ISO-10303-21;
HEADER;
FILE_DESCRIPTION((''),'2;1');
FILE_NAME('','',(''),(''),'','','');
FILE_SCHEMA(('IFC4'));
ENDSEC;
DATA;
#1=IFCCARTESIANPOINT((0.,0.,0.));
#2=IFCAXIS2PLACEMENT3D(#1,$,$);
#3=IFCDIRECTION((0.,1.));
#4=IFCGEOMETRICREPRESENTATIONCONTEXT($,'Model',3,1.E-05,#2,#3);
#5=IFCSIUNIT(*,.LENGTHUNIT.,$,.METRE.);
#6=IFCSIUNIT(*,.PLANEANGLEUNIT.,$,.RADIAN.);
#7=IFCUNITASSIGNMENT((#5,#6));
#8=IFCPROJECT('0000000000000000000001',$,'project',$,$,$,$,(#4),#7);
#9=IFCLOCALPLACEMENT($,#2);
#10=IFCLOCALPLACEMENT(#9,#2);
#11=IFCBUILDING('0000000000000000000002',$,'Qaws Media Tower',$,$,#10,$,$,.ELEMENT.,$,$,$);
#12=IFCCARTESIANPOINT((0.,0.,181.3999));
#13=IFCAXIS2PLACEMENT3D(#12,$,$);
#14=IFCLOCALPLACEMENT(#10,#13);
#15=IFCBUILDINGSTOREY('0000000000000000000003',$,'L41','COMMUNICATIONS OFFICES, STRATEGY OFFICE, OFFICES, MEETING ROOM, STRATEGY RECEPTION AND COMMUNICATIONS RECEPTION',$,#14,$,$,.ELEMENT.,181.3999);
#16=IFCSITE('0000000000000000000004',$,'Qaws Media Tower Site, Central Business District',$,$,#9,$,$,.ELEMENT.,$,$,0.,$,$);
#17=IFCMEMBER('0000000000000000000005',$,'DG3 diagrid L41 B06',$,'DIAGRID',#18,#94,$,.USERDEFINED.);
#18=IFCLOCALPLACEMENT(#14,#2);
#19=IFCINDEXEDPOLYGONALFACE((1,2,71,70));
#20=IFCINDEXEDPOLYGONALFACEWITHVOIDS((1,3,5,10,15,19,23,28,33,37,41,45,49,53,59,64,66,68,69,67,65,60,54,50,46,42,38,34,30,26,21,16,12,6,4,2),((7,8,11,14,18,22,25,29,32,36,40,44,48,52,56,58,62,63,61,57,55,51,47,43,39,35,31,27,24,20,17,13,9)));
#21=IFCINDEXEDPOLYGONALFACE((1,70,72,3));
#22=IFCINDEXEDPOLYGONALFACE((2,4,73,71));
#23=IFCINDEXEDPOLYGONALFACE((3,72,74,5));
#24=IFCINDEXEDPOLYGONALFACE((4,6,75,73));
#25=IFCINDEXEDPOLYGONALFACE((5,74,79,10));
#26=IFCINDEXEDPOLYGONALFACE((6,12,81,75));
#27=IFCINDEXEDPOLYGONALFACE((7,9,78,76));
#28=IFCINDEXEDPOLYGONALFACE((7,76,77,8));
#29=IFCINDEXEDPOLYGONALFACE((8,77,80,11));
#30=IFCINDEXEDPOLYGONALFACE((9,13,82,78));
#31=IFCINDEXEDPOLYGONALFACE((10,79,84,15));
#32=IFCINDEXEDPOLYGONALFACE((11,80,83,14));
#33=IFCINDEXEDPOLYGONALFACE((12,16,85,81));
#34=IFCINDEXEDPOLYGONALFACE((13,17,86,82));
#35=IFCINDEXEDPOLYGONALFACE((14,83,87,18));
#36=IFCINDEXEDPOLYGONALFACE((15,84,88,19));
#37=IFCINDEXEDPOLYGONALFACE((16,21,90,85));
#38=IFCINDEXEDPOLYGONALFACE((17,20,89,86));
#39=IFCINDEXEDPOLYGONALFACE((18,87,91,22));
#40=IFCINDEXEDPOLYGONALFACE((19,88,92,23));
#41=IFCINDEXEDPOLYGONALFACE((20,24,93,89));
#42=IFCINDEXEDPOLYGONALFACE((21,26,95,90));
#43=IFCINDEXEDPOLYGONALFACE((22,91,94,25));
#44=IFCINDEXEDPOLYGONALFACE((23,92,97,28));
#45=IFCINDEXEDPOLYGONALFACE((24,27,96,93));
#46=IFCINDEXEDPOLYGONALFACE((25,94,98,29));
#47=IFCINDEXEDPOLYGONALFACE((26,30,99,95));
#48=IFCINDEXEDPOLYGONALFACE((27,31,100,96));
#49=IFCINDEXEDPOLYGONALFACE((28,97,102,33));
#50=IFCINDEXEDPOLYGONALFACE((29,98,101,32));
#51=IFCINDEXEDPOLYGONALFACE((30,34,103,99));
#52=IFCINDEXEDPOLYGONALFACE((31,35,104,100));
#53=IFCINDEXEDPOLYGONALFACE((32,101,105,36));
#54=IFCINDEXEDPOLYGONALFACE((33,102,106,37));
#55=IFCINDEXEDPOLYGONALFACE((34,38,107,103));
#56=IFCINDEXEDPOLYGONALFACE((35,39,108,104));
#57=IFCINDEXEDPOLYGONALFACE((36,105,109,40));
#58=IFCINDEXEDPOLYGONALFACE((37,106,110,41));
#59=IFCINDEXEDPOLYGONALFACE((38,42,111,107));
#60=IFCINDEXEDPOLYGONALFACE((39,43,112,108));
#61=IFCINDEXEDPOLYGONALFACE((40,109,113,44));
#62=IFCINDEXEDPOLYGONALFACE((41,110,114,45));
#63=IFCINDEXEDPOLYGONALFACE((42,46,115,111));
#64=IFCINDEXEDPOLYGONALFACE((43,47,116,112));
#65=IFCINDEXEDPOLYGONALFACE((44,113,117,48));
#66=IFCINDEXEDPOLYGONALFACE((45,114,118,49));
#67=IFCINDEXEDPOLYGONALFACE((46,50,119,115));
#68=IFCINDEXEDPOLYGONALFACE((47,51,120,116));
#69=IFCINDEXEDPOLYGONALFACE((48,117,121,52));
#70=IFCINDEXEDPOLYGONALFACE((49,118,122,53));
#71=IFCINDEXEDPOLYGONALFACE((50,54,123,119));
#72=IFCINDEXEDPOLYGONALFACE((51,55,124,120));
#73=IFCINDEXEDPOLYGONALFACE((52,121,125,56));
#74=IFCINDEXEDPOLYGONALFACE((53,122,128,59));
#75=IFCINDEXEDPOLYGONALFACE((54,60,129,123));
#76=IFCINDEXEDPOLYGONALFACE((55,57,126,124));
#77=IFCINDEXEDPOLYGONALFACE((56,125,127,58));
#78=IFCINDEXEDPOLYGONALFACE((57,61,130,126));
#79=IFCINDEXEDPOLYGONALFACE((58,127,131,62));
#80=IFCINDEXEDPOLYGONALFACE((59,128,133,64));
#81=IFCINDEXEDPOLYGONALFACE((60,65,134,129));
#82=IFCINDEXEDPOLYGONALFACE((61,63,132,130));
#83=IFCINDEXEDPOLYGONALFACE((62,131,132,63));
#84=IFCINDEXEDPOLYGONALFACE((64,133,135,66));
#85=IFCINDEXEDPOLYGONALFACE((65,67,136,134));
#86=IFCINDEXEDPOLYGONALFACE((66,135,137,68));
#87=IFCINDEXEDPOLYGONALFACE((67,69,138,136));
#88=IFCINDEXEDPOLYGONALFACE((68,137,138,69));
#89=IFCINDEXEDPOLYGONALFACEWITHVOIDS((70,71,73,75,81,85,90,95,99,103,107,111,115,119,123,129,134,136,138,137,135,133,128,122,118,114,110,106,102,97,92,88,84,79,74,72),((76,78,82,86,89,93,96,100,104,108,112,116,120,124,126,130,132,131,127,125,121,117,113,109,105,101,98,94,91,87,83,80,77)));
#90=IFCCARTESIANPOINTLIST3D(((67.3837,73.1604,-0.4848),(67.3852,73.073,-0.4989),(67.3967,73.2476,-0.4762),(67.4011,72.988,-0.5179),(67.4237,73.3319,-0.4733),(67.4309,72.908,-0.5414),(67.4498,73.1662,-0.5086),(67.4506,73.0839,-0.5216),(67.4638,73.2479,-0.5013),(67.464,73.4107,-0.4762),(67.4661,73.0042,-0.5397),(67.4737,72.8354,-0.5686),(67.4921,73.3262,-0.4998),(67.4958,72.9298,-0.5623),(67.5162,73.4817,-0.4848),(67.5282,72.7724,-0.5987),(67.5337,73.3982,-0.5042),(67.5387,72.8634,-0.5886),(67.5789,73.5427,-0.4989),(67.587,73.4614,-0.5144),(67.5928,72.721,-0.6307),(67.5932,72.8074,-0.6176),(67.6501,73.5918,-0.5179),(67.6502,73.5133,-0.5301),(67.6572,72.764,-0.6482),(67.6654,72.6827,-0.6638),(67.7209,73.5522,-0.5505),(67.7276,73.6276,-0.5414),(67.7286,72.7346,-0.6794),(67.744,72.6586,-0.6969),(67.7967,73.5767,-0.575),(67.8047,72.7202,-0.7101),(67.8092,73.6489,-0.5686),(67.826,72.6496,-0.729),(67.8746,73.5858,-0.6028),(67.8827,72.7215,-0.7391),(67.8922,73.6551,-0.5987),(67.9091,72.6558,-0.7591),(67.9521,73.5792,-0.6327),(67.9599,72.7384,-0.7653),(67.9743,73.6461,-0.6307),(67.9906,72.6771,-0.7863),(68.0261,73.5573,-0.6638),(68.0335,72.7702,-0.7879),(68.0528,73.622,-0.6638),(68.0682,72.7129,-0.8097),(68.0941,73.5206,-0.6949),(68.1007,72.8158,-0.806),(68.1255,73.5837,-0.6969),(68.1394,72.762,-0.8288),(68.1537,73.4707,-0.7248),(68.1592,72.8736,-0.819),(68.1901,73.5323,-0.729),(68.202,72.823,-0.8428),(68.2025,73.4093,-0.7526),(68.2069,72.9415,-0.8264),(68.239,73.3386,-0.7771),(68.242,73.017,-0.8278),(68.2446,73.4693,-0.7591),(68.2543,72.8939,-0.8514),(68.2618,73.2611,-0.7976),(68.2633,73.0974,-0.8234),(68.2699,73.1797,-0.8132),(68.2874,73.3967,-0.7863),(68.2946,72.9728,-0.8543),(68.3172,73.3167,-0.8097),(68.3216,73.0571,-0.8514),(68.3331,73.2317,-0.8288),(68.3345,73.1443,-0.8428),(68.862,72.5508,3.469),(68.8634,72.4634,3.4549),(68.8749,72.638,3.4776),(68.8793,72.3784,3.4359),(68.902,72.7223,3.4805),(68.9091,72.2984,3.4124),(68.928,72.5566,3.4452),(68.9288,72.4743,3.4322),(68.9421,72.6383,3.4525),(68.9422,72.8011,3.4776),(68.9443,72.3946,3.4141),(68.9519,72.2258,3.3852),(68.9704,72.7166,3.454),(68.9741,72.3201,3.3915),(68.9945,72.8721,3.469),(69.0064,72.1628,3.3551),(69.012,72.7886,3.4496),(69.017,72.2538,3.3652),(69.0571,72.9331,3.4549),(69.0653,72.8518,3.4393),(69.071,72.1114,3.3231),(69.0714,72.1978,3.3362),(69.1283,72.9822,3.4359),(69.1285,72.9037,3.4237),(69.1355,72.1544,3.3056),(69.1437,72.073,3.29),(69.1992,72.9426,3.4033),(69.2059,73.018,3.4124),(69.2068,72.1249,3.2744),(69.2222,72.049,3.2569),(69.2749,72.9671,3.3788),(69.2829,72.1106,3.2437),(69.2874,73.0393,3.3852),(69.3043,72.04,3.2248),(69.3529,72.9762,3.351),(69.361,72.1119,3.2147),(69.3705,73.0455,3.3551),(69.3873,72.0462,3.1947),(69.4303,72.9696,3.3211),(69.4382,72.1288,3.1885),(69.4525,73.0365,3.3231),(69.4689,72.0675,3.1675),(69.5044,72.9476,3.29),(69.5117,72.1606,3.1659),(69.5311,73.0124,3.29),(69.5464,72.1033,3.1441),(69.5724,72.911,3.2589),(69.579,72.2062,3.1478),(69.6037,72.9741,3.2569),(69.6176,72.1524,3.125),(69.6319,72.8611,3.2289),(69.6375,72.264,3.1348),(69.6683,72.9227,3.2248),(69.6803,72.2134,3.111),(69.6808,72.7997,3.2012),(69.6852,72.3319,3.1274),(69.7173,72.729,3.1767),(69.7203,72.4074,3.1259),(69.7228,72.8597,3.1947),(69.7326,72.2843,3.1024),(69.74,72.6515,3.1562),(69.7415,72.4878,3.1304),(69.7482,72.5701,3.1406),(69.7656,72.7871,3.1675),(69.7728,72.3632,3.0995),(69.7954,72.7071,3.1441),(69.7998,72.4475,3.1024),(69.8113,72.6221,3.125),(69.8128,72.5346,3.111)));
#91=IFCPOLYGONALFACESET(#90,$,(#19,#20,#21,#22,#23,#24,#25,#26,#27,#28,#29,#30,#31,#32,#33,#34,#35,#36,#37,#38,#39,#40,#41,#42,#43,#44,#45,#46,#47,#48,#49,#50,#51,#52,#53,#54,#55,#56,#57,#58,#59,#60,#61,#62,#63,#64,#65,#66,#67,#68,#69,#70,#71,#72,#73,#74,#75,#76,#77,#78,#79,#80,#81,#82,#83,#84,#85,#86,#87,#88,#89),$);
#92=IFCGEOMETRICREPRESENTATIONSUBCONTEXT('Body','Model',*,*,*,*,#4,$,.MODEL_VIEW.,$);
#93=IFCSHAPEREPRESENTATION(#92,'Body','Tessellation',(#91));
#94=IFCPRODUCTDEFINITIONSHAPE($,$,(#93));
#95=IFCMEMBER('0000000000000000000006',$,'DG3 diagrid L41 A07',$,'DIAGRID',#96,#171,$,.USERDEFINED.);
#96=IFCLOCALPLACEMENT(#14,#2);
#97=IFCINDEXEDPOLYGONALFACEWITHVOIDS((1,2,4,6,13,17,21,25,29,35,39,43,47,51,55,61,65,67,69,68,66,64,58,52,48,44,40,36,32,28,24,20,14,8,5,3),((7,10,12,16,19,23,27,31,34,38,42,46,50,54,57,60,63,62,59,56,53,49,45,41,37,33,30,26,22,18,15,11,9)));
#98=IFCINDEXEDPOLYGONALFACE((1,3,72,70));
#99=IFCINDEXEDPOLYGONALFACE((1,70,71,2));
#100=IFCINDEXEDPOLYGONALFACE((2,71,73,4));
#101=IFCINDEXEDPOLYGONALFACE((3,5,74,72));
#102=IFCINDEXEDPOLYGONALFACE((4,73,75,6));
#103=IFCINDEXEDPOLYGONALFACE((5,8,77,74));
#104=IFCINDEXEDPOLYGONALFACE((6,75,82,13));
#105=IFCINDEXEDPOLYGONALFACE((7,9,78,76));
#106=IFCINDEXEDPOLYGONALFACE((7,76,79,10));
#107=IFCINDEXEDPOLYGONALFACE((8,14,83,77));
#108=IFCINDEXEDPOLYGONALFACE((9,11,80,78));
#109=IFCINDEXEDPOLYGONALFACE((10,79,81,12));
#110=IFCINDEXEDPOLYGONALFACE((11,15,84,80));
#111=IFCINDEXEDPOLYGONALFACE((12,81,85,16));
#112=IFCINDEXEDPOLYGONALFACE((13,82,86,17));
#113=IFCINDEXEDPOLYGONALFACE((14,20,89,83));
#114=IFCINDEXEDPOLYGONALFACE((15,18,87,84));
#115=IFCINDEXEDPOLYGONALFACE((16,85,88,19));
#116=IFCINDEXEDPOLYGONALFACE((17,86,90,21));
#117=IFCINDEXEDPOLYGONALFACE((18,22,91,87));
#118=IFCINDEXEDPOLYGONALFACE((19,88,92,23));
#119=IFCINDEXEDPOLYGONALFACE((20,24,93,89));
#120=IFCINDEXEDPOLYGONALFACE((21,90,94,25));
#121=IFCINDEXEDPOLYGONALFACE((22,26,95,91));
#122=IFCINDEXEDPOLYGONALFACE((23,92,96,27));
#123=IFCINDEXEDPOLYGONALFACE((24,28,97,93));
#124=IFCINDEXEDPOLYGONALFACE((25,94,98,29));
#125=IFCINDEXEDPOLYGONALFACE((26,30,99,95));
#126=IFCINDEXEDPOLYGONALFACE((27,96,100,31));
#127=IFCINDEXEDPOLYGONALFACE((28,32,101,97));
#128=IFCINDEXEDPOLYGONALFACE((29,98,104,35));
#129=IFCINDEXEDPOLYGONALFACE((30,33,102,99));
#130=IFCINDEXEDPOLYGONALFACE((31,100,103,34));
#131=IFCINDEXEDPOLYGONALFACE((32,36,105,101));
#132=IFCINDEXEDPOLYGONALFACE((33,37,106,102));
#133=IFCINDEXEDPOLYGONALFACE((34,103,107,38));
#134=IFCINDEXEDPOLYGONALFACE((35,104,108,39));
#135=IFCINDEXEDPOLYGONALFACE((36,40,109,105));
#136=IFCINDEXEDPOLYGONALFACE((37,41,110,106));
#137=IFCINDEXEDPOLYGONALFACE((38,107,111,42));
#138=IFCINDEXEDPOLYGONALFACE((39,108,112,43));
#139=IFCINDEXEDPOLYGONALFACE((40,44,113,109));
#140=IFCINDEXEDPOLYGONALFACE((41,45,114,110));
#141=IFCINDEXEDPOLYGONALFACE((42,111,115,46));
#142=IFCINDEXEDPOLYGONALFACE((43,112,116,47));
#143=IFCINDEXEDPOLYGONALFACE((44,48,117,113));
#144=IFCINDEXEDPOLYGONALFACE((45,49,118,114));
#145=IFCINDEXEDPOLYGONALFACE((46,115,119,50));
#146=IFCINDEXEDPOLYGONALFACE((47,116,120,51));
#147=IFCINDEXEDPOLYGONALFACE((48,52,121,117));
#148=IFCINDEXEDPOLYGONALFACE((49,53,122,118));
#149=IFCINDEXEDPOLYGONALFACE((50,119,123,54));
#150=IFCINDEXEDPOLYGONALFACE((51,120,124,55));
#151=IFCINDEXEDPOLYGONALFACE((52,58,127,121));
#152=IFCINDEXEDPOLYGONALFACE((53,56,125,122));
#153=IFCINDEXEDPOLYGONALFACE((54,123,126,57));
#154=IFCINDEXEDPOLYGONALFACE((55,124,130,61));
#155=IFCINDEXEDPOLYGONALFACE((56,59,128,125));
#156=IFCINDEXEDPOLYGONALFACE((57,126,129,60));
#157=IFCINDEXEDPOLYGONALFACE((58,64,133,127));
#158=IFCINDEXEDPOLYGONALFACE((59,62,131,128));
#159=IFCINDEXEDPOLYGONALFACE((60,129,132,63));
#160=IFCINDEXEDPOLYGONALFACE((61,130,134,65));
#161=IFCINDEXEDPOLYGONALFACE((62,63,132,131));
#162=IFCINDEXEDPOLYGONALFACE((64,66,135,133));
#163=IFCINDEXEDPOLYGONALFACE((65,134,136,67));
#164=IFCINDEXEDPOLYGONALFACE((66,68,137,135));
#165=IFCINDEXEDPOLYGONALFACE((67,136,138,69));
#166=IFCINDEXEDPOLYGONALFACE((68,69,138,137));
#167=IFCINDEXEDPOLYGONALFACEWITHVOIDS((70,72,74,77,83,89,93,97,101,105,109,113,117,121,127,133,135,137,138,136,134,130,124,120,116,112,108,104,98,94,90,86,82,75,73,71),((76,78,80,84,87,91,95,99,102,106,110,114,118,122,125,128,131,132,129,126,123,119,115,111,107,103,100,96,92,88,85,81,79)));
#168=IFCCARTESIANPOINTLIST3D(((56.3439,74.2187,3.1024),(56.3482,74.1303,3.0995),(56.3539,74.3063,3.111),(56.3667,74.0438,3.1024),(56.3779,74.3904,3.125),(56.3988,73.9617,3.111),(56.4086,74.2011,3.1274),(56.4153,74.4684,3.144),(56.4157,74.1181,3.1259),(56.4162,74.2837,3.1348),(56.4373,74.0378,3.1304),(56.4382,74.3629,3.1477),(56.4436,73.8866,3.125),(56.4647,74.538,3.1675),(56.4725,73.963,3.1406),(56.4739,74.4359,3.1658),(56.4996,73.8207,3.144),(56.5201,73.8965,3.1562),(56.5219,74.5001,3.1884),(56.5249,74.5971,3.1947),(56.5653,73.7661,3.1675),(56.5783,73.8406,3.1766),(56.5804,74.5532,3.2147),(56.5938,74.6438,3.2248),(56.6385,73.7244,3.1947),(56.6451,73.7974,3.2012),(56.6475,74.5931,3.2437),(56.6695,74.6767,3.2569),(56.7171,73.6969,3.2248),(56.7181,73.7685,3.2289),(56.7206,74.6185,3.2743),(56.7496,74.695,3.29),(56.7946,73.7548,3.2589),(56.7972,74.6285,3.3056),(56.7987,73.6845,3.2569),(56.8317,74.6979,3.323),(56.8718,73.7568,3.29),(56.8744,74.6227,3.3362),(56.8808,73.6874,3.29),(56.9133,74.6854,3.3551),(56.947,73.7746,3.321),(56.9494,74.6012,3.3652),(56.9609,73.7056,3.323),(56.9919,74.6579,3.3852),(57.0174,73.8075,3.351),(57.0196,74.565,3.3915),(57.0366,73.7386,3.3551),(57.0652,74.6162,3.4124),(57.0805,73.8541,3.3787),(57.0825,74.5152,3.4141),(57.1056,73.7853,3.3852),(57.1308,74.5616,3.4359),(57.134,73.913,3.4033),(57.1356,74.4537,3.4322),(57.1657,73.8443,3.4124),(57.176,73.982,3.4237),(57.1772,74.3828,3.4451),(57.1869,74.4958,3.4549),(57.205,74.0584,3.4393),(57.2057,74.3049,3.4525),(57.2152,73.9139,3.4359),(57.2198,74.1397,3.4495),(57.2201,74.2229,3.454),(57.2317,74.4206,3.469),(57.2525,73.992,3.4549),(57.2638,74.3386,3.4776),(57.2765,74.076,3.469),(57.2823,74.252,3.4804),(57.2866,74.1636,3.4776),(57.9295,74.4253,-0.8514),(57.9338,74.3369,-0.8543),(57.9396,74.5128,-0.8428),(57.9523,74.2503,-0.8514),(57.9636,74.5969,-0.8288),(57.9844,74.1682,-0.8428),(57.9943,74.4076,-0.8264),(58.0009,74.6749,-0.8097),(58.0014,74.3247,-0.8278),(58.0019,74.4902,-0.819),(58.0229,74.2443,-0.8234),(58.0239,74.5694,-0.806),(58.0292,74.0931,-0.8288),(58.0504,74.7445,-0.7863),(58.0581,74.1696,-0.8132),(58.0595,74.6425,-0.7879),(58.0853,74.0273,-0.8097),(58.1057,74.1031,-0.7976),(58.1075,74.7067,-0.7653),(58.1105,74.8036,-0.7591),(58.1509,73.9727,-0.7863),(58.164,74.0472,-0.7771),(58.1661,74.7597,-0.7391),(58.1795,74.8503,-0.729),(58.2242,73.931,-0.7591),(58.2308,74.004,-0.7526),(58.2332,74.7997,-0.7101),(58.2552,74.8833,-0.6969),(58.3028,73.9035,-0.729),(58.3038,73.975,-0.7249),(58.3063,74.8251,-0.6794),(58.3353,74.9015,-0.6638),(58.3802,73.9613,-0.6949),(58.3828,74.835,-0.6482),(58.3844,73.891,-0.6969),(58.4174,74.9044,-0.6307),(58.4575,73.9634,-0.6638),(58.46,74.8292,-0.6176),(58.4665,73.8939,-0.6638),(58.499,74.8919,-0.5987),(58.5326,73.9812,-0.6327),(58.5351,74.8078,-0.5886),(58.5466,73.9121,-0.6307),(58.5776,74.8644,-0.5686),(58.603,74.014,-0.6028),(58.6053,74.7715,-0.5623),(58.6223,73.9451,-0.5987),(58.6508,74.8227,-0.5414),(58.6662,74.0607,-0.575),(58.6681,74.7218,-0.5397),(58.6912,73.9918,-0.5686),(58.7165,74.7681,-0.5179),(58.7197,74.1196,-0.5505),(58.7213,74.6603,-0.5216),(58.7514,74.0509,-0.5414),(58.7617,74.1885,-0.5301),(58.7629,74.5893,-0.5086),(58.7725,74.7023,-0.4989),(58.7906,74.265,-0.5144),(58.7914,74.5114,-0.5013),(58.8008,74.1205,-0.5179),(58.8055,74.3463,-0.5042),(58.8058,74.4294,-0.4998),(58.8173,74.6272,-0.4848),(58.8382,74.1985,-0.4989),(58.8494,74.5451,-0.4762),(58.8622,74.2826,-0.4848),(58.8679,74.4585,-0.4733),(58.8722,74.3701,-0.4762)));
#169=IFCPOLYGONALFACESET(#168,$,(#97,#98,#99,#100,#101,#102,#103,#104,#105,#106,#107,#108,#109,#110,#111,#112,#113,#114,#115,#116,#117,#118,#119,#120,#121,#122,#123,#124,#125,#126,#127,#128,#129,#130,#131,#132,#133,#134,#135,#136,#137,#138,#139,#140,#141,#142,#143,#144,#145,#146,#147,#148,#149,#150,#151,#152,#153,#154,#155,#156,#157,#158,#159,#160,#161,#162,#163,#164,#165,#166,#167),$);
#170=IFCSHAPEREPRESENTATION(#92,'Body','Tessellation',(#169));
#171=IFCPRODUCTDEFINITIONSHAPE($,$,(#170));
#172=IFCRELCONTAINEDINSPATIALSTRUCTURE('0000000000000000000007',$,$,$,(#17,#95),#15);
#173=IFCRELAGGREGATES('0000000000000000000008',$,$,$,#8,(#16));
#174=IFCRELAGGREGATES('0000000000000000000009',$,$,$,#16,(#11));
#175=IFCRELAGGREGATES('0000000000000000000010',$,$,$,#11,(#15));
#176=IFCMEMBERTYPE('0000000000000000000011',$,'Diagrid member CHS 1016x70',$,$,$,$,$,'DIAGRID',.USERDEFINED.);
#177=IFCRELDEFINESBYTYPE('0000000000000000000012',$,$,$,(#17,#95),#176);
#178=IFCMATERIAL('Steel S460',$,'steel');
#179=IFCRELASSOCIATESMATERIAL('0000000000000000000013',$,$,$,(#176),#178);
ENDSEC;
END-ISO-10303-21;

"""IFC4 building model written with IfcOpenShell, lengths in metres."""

from ifc_helpers import new_model, si_unit, direction, frame, origin, origin_2d, place, context, subcontext, project, spatial, hollow_circle, extrude, material, material_profile, profile_set, type_object, element, save


model = new_model("IFC4")

# Units and contexts
model_context = context("Model", 3, precision=1e-05, world=origin(), true_north=direction((0.0, 1.0)))
body_context = subcontext(model_context, "Body", "Model", "MODEL_VIEW")
ifc_project = project(units=[si_unit("LENGTHUNIT", "METRE"), si_unit("PLANEANGLEUNIT", "RADIAN")], contexts=[model_context])

# Site, building, storey
site_placement = place(None, origin())
site = spatial("IfcSite", under=ifc_project, at=site_placement, Name="Qaws Media Tower Site, Central Business District", CompositionType="ELEMENT", RefElevation=0.0)
building_placement = place(site_placement, origin())
building = spatial("IfcBuilding", under=site, at=building_placement, Name="Qaws Media Tower", CompositionType="ELEMENT")
storey_placement = place(building_placement, frame((0.0, 0.0, 181.3999)))
storey = spatial("IfcBuildingStorey", under=building, at=storey_placement, Name="L41", Description="COMMUNICATIONS OFFICES, STRATEGY OFFICE, OFFICES, MEETING ROOM, STRATEGY RECEPTION AND COMMUNICATIONS RECEPTION", CompositionType="ELEMENT", Elevation=181.3999)

# Members
ifc_material_1 = material(Name="Steel S460", Category="steel")
ifc_material_profile_1 = material_profile(ifc_material_1, hollow_circle(Radius=0.5081, WallThickness=0.0701, at=origin_2d()), Name="CHS 1016x70")
ifc_profile_set_1 = profile_set([ifc_material_profile_1], Name="Steel S460")
member_type_1 = type_object("IfcMemberType", Name="Diagrid member CHS 1016x70", ElementType="DIAGRID", PredefinedType="USERDEFINED", material=ifc_profile_set_1)
for number, where, z_axis, x_axis, name in (
    (1, (67.8591, 73.1523, -0.6638), (0.346608, -0.142937, 0.927055), (0.381241, 0.924476, 0.0), "DG3 diagrid L41 B06"),
    (2, (58.4009, 74.3977, -0.6638), (-0.371794, -0.048428, 0.927051), (0.129163, -0.991623, 0.0), "DG3 diagrid L41 A07"),
):
    element("IfcMember", number, at=place(storey_placement, frame(where, z_axis=z_axis, x_axis=x_axis)), inside=storey, type_object=member_type_1, Name=name, ObjectType="DIAGRID", PredefinedType="USERDEFINED", context=body_context, shape_type="SweptSolid", body=[
        extrude(hollow_circle(Radius=0.5081, WallThickness=0.0701, at=origin_2d()), origin(), (0.0, 0.0, 1.0), 4.2649),
    ])

save(model, "model.ifc")
